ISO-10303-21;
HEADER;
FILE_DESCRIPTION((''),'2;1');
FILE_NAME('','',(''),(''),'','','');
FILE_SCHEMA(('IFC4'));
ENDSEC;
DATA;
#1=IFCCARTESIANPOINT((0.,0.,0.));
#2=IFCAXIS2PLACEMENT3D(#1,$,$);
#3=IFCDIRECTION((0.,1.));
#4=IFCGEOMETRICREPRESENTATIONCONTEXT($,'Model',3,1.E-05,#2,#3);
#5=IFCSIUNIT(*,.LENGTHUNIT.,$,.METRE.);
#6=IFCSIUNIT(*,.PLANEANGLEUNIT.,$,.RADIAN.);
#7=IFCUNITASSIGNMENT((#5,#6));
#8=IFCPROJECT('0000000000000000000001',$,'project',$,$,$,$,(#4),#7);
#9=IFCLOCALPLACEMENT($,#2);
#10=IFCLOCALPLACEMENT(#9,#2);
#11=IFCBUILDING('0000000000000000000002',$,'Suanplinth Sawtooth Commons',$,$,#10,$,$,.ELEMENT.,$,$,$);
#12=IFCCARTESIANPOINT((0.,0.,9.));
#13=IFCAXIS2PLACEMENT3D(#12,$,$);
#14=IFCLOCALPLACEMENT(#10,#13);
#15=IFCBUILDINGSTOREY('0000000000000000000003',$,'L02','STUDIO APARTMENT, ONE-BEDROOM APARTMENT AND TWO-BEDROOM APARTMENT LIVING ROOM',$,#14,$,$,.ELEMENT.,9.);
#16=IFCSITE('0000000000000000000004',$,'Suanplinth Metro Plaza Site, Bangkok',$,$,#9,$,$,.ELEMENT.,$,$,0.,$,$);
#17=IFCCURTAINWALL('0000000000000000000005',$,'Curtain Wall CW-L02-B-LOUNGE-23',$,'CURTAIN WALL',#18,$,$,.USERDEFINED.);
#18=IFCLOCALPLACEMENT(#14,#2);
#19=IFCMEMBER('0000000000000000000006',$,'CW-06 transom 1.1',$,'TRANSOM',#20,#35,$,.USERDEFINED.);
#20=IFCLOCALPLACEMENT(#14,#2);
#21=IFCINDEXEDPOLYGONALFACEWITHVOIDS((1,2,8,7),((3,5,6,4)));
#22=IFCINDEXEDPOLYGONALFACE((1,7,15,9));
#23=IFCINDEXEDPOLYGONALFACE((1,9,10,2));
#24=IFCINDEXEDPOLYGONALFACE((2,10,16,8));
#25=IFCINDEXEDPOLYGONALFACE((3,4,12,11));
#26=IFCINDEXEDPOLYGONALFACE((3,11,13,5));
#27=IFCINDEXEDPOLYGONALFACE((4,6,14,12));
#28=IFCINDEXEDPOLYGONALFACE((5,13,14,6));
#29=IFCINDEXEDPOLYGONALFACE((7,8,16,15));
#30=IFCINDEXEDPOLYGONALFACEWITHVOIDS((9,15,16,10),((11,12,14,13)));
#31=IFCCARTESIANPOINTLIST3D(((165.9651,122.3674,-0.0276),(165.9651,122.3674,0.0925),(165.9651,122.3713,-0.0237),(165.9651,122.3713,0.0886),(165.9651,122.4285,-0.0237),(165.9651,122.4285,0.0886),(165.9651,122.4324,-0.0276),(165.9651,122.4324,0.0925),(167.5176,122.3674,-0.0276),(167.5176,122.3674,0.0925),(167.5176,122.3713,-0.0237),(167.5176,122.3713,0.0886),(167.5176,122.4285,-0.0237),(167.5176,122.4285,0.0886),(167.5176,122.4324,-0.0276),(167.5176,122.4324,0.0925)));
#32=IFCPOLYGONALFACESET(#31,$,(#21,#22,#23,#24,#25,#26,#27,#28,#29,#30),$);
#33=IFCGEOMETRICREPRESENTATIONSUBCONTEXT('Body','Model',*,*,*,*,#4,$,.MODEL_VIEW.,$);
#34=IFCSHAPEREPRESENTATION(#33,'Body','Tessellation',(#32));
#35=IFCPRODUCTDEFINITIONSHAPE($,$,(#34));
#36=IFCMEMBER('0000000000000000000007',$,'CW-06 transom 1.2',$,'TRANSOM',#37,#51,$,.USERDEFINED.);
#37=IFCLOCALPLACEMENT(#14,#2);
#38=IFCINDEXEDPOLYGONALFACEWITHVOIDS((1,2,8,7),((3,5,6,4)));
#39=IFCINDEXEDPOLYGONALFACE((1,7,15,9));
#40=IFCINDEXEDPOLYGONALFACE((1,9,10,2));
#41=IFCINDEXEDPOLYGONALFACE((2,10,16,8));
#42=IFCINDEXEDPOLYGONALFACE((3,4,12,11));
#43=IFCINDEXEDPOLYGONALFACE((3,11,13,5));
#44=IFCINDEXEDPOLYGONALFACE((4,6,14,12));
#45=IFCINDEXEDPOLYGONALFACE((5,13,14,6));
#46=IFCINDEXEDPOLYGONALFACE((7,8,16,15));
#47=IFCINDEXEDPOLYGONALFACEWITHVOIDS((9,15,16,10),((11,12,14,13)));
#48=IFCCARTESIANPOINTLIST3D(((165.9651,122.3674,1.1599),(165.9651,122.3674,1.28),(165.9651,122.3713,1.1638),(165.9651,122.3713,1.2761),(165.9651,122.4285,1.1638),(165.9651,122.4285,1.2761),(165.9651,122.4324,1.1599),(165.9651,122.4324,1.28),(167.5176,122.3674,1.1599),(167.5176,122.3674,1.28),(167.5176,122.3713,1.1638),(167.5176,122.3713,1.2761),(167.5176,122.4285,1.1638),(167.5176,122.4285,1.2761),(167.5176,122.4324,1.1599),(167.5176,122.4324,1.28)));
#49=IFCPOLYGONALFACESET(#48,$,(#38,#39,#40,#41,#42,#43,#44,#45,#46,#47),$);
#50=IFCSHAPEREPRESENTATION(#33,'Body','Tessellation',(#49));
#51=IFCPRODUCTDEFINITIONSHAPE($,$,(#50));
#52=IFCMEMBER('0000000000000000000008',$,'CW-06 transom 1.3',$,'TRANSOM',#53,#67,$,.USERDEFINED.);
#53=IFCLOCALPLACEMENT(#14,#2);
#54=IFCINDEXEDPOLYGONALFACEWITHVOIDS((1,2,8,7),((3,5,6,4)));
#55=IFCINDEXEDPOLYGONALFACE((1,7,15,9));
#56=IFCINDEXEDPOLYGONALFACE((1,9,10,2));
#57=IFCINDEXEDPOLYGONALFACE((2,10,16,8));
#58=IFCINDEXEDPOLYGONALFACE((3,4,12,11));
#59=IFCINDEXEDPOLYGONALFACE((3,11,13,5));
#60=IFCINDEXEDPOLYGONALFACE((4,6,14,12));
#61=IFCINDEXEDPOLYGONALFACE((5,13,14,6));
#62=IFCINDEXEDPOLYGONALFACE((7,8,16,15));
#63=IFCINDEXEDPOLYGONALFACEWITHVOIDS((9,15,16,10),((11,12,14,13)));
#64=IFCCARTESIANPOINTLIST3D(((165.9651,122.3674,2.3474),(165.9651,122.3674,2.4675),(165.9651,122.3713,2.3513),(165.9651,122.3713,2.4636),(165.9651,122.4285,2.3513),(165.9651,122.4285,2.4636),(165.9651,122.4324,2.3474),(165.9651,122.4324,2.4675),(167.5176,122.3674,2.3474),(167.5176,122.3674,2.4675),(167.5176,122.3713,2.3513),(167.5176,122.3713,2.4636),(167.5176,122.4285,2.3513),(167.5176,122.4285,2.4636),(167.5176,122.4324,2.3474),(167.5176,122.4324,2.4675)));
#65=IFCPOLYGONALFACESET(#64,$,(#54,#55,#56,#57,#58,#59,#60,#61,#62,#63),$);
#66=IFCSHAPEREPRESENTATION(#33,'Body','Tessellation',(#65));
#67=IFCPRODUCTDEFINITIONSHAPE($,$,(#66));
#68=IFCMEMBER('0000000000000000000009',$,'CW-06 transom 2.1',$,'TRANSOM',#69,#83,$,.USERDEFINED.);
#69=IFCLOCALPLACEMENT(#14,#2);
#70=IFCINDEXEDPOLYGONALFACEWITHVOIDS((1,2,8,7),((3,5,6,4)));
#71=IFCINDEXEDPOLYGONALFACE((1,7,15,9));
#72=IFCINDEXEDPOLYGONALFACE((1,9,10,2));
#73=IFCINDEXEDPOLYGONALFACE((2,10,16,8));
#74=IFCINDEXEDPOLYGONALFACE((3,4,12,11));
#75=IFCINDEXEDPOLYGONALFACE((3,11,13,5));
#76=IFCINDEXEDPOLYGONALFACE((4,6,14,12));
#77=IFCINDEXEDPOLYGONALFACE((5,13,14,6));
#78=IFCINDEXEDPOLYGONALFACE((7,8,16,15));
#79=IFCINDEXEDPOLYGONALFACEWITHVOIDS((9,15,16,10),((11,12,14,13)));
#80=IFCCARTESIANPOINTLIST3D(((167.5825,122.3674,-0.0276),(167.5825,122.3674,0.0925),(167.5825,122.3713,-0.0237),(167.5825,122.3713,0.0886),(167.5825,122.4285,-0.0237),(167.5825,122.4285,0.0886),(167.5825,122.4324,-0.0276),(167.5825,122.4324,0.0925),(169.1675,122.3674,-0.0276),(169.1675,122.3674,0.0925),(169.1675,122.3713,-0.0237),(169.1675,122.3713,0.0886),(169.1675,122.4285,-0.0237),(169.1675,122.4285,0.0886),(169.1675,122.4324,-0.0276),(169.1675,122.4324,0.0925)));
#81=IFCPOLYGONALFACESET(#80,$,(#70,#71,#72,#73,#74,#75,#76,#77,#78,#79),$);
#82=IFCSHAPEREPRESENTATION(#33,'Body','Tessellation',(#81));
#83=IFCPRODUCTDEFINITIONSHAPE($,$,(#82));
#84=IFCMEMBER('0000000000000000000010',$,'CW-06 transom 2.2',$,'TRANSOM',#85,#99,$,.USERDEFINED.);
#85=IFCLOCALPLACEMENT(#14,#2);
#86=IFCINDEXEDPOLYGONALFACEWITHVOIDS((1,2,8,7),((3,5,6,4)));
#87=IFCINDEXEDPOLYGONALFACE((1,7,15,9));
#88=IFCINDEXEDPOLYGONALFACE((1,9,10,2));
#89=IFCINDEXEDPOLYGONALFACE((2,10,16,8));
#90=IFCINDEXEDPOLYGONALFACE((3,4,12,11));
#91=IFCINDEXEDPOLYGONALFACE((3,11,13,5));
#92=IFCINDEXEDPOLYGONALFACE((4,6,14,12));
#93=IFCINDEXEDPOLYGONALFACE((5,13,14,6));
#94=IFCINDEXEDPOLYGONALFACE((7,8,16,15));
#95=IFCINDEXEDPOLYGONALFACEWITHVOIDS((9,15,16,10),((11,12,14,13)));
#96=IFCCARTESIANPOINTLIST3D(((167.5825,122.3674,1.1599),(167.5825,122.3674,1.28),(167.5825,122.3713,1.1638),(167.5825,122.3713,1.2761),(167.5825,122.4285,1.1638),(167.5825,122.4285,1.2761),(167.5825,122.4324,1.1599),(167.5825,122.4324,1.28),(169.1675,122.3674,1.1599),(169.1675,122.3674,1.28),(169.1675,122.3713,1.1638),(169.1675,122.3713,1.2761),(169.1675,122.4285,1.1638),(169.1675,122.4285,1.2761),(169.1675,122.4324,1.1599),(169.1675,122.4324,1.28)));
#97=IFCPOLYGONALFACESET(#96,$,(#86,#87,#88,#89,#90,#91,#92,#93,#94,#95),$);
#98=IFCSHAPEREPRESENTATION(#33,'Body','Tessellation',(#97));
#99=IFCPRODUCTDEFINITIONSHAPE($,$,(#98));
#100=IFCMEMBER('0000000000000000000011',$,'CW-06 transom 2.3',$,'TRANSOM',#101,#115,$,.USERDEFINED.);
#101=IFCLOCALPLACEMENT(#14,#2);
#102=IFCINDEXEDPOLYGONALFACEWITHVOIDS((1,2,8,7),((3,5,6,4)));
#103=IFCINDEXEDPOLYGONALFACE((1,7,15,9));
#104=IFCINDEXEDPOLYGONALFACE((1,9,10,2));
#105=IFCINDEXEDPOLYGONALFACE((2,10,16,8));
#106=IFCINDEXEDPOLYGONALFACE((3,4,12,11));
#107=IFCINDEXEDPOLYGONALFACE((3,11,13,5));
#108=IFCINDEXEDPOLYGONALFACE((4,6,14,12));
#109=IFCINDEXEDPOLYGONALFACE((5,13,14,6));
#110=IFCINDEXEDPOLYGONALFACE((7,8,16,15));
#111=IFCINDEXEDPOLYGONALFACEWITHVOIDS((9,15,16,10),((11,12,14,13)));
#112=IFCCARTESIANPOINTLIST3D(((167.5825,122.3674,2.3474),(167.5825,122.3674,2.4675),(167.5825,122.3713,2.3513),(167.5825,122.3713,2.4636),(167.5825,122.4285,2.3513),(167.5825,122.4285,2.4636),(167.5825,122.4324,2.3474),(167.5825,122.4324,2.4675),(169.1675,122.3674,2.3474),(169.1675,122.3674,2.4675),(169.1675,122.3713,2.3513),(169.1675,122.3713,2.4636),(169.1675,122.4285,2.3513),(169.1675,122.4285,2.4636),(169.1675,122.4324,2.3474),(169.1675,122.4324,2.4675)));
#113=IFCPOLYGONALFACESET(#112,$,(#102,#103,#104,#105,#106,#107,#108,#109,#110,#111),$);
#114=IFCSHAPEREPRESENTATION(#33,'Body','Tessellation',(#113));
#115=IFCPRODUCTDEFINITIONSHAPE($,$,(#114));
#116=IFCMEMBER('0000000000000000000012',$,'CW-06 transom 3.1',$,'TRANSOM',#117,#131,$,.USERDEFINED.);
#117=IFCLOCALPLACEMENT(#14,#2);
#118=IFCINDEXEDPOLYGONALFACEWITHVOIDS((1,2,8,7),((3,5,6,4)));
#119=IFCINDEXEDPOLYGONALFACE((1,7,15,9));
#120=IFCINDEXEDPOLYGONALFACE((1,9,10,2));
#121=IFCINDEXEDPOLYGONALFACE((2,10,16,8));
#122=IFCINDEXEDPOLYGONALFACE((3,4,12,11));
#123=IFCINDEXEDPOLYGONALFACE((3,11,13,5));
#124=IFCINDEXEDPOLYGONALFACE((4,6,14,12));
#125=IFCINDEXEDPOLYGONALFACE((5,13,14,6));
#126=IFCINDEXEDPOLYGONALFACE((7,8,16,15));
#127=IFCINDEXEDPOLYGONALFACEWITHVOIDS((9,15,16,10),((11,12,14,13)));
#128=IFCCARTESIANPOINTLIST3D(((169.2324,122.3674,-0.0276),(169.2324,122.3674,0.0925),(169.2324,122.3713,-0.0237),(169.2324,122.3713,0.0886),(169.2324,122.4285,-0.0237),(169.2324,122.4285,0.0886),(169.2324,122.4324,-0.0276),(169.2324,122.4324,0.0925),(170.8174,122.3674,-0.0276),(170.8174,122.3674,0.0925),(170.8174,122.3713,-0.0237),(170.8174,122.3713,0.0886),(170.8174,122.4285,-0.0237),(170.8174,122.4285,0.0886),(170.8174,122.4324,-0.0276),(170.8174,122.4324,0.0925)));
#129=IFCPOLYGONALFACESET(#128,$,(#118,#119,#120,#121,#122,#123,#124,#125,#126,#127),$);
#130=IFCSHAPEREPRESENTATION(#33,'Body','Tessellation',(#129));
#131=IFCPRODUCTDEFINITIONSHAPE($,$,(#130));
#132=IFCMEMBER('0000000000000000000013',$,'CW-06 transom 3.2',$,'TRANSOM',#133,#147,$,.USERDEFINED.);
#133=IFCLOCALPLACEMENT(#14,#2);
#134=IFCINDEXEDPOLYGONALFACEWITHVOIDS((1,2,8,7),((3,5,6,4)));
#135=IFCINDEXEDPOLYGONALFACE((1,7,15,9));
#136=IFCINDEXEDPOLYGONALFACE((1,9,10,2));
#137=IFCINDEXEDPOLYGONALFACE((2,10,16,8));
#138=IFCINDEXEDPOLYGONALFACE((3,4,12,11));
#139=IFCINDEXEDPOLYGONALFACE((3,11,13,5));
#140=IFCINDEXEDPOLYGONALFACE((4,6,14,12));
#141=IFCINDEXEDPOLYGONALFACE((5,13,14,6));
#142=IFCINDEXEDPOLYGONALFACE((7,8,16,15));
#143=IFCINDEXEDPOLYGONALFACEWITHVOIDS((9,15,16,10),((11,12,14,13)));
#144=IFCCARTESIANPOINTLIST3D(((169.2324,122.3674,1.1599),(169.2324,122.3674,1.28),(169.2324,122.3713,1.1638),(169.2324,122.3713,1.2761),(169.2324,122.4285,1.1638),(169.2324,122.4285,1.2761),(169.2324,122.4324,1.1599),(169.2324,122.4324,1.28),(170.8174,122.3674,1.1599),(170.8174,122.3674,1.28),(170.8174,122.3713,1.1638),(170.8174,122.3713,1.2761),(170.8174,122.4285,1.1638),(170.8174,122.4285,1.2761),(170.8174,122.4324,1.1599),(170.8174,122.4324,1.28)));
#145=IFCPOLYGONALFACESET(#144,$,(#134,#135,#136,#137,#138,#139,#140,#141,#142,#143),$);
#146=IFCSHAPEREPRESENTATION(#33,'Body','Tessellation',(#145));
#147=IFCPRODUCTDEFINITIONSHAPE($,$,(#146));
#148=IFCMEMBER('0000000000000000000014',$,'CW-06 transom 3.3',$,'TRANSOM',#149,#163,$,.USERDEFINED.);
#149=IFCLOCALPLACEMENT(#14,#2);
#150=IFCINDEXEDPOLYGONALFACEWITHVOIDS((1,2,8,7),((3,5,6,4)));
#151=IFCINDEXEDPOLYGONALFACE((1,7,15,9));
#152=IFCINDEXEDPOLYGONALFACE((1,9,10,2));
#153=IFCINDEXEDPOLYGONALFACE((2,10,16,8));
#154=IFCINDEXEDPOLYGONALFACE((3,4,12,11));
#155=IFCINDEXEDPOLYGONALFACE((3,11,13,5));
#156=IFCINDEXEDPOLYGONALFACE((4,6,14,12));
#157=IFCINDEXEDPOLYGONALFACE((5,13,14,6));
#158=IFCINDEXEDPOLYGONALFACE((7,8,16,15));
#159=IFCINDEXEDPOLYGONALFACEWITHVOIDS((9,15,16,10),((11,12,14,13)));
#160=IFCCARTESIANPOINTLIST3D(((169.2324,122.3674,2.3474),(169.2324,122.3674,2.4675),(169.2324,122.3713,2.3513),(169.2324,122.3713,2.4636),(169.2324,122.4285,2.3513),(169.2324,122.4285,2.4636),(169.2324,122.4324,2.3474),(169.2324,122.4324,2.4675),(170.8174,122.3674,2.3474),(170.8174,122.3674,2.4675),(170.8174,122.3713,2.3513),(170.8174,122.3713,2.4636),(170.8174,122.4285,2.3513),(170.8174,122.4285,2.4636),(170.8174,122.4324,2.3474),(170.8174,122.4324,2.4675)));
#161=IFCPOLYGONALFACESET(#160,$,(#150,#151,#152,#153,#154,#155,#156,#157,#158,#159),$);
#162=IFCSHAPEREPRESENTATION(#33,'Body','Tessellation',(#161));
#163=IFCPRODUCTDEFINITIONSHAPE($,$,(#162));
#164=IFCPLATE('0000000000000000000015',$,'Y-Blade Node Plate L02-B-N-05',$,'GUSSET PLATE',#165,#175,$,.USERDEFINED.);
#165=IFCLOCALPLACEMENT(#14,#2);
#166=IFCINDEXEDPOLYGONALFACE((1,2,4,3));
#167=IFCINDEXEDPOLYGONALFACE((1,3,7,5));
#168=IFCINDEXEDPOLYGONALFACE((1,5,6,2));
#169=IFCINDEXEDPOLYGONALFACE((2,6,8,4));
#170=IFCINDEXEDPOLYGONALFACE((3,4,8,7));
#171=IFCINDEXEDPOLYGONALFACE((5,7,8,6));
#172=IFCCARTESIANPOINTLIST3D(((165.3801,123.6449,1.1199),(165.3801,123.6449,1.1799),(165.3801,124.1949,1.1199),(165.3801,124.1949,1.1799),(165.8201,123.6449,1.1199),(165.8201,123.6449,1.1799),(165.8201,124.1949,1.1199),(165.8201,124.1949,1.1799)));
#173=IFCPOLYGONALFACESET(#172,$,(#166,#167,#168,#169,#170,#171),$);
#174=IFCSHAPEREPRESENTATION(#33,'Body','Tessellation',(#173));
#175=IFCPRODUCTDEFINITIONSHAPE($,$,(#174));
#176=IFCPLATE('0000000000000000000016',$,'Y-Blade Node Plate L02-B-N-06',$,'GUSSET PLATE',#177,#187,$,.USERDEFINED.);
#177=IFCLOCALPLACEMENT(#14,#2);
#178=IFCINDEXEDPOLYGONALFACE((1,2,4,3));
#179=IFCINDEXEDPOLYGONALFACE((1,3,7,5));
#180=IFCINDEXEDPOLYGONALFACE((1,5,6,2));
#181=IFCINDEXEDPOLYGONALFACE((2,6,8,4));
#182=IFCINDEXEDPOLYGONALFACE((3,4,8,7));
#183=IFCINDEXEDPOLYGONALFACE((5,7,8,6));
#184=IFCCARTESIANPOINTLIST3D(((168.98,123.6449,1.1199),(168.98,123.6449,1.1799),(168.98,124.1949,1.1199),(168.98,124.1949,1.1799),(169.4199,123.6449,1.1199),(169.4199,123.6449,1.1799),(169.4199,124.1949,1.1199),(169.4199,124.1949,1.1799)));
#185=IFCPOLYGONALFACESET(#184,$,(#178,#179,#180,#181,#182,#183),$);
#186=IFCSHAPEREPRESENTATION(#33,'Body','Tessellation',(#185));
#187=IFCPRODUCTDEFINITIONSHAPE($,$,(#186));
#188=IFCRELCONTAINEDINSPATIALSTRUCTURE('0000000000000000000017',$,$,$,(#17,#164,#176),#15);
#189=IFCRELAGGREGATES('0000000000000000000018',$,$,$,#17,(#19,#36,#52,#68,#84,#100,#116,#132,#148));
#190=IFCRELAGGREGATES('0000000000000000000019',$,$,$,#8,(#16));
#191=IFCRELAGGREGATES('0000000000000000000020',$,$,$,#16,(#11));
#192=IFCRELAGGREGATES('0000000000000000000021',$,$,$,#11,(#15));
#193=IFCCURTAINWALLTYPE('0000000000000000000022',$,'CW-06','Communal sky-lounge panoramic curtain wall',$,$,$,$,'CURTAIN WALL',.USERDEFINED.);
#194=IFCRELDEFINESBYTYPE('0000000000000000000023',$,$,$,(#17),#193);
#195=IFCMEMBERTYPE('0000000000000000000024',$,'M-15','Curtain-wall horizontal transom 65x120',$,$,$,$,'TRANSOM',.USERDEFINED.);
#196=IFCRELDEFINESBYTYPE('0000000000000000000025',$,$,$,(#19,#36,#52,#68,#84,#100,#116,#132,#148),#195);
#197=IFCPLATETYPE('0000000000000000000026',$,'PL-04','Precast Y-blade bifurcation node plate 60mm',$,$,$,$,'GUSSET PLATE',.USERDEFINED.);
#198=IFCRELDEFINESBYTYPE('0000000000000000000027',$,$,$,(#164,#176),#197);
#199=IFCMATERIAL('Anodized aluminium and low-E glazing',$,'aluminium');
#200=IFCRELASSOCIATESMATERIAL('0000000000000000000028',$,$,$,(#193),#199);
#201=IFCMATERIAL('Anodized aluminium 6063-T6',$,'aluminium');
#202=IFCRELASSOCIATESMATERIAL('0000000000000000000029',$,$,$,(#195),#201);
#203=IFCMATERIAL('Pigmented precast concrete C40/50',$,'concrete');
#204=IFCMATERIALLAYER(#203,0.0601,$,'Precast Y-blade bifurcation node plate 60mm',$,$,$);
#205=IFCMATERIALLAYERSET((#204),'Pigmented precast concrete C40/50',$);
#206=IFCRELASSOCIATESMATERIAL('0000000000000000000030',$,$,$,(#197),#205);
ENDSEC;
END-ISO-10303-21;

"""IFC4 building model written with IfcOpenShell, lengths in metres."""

from ifc_helpers import new_model, si_unit, direction, frame, origin, origin_2d, place, context, subcontext, project, spatial, rectangle, hollow_rectangle, extrude, material, layer, layer_set, material_profile, profile_set, type_object, element, aggregate, save


model = new_model("IFC4")

# Units and contexts
model_context = context("Model", 3, precision=1e-05, world=origin(), true_north=direction((0.0, 1.0)))
body_context = subcontext(model_context, "Body", "Model", "MODEL_VIEW")
ifc_project = project(units=[si_unit("LENGTHUNIT", "METRE"), si_unit("PLANEANGLEUNIT", "RADIAN")], contexts=[model_context])

# Site, building, storey
site_placement = place(None, origin())
site = spatial("IfcSite", under=ifc_project, at=site_placement, Name="Suanplinth Metro Plaza Site, Bangkok", CompositionType="ELEMENT", RefElevation=0.0)
building_placement = place(site_placement, origin())
building = spatial("IfcBuilding", under=site, at=building_placement, Name="Suanplinth Sawtooth Commons", CompositionType="ELEMENT")
storey_placement = place(building_placement, frame((0.0, 0.0, 9.0)))
storey = spatial("IfcBuildingStorey", under=building, at=storey_placement, Name="L02", Description="STUDIO APARTMENT, ONE-BEDROOM APARTMENT AND TWO-BEDROOM APARTMENT LIVING ROOM", CompositionType="ELEMENT", Elevation=9.0)

# Shared definitions
ifc_material_1 = material(Name="Pigmented precast concrete C40/50", Category="concrete")

# Curtain wall, members
ifc_material_2 = material(Name="Anodized aluminium and low-E glazing", Category="aluminium")
curtain_wall_type = type_object("IfcCurtainWallType", Name="CW-06", Description="Communal sky-lounge panoramic curtain wall", ElementType="CURTAIN WALL", PredefinedType="USERDEFINED", material=ifc_material_2)
curtain_wall_placement = place(storey_placement, origin())
curtain_wall = element("IfcCurtainWall", 1, at=curtain_wall_placement, inside=storey, type_object=curtain_wall_type, Name="Curtain Wall CW-L02-B-LOUNGE-23", ObjectType="CURTAIN WALL", PredefinedType="USERDEFINED")
ifc_material_3 = material(Name="Anodized aluminium 6063-T6", Category="aluminium")
ifc_material_profile_1 = material_profile(ifc_material_3, hollow_rectangle(XDim=0.0649, YDim=0.1201, WallThickness=0.0039, at=origin_2d()), Name="ALU-TRN 65x120")
ifc_profile_set_1 = profile_set([ifc_material_profile_1], Name="Anodized aluminium 6063-T6")
member_type_1 = type_object("IfcMemberType", Name="M-15", Description="Curtain-wall horizontal transom 65x120", ElementType="TRANSOM", PredefinedType="USERDEFINED", material=ifc_profile_set_1)
member_1_placement = place(storey_placement, frame((165.9651, 122.3999, 0.0325), z_axis=(1.0, 0.0, 0.0), x_axis=(0.0, 1.0, 0.0)))
member_1 = element("IfcMember", 2, at=member_1_placement, type_object=member_type_1, Name="CW-06 transom 1.1", ObjectType="TRANSOM", PredefinedType="USERDEFINED", context=body_context, shape_type="SweptSolid", body=[
    extrude(hollow_rectangle(XDim=0.0649, YDim=0.1201, WallThickness=0.0039, at=origin_2d()), origin(), (0.0, 0.0, 1.0), 1.5525),
])
member_2_placement = place(storey_placement, frame((165.9651, 122.3999, 1.22), z_axis=(1.0, 0.0, 0.0), x_axis=(0.0, 1.0, 0.0)))
member_2 = element("IfcMember", 3, at=member_2_placement, type_object=member_type_1, Name="CW-06 transom 1.2", ObjectType="TRANSOM", PredefinedType="USERDEFINED", context=body_context, shape_type="SweptSolid", body=[
    extrude(hollow_rectangle(XDim=0.0649, YDim=0.1201, WallThickness=0.0039, at=origin_2d()), origin(), (0.0, 0.0, 1.0), 1.5525),
])
member_3_placement = place(storey_placement, frame((165.9651, 122.3999, 2.4075), z_axis=(1.0, 0.0, 0.0), x_axis=(0.0, 1.0, 0.0)))
member_3 = element("IfcMember", 4, at=member_3_placement, type_object=member_type_1, Name="CW-06 transom 1.3", ObjectType="TRANSOM", PredefinedType="USERDEFINED", context=body_context, shape_type="SweptSolid", body=[
    extrude(hollow_rectangle(XDim=0.0649, YDim=0.1201, WallThickness=0.0039, at=origin_2d()), origin(), (0.0, 0.0, 1.0), 1.5525),
])
member_4_placement = place(storey_placement, frame((167.5825, 122.3999, 0.0325), z_axis=(1.0, 0.0, 0.0), x_axis=(0.0, 1.0, 0.0)))
member_4 = element("IfcMember", 5, at=member_4_placement, type_object=member_type_1, Name="CW-06 transom 2.1", ObjectType="TRANSOM", PredefinedType="USERDEFINED", context=body_context, shape_type="SweptSolid", body=[
    extrude(hollow_rectangle(XDim=0.0649, YDim=0.1201, WallThickness=0.0039, at=origin_2d()), origin(), (0.0, 0.0, 1.0), 1.585),
])
member_5_placement = place(storey_placement, frame((167.5825, 122.3999, 1.22), z_axis=(1.0, 0.0, 0.0), x_axis=(0.0, 1.0, 0.0)))
member_5 = element("IfcMember", 6, at=member_5_placement, type_object=member_type_1, Name="CW-06 transom 2.2", ObjectType="TRANSOM", PredefinedType="USERDEFINED", context=body_context, shape_type="SweptSolid", body=[
    extrude(hollow_rectangle(XDim=0.0649, YDim=0.1201, WallThickness=0.0039, at=origin_2d()), origin(), (0.0, 0.0, 1.0), 1.585),
])
member_6_placement = place(storey_placement, frame((167.5825, 122.3999, 2.4075), z_axis=(1.0, 0.0, 0.0), x_axis=(0.0, 1.0, 0.0)))
member_6 = element("IfcMember", 7, at=member_6_placement, type_object=member_type_1, Name="CW-06 transom 2.3", ObjectType="TRANSOM", PredefinedType="USERDEFINED", context=body_context, shape_type="SweptSolid", body=[
    extrude(hollow_rectangle(XDim=0.0649, YDim=0.1201, WallThickness=0.0039, at=origin_2d()), origin(), (0.0, 0.0, 1.0), 1.585),
])
member_7_placement = place(storey_placement, frame((169.2324, 122.3999, 0.0325), z_axis=(1.0, 0.0, 0.0), x_axis=(0.0, 1.0, 0.0)))
member_7 = element("IfcMember", 8, at=member_7_placement, type_object=member_type_1, Name="CW-06 transom 3.1", ObjectType="TRANSOM", PredefinedType="USERDEFINED", context=body_context, shape_type="SweptSolid", body=[
    extrude(hollow_rectangle(XDim=0.0649, YDim=0.1201, WallThickness=0.0039, at=origin_2d()), origin(), (0.0, 0.0, 1.0), 1.585),
])
member_8_placement = place(storey_placement, frame((169.2324, 122.3999, 1.22), z_axis=(1.0, 0.0, 0.0), x_axis=(0.0, 1.0, 0.0)))
member_8 = element("IfcMember", 9, at=member_8_placement, type_object=member_type_1, Name="CW-06 transom 3.2", ObjectType="TRANSOM", PredefinedType="USERDEFINED", context=body_context, shape_type="SweptSolid", body=[
    extrude(hollow_rectangle(XDim=0.0649, YDim=0.1201, WallThickness=0.0039, at=origin_2d()), origin(), (0.0, 0.0, 1.0), 1.585),
])
member_9_placement = place(storey_placement, frame((169.2324, 122.3999, 2.4075), z_axis=(1.0, 0.0, 0.0), x_axis=(0.0, 1.0, 0.0)))
member_9 = element("IfcMember", 10, at=member_9_placement, type_object=member_type_1, Name="CW-06 transom 3.3", ObjectType="TRANSOM", PredefinedType="USERDEFINED", context=body_context, shape_type="SweptSolid", body=[
    extrude(hollow_rectangle(XDim=0.0649, YDim=0.1201, WallThickness=0.0039, at=origin_2d()), origin(), (0.0, 0.0, 1.0), 1.585),
])

# Plates
ifc_layer_1 = layer(ifc_material_1, 0.0601, Name="Precast Y-blade bifurcation node plate 60mm")
ifc_layer_set_1 = layer_set([ifc_layer_1], Name="Pigmented precast concrete C40/50")
plate_type_1 = type_object("IfcPlateType", Name="PL-04", Description="Precast Y-blade bifurcation node plate 60mm", ElementType="GUSSET PLATE", PredefinedType="USERDEFINED", material=ifc_layer_set_1)
for number, where, z_axis, x_axis, name in (
    (11, (165.6001, 123.9199, 1.1199), (0.0, 0.0, 1.0), (1.0, 0.0, 0.0), "Y-Blade Node Plate L02-B-N-05"),
    (12, (169.2, 123.9199, 1.1199), (0.0, 0.0, 1.0), (1.0, 0.0, 0.0), "Y-Blade Node Plate L02-B-N-06"),
):
    element("IfcPlate", number, at=place(storey_placement, frame(where, z_axis=z_axis, x_axis=x_axis)), inside=storey, type_object=plate_type_1, Name=name, ObjectType="GUSSET PLATE", PredefinedType="USERDEFINED", context=body_context, shape_type="SweptSolid", body=[
        extrude(rectangle(XDim=0.4399, YDim=0.55, at=origin_2d()), origin(), (0.0, 0.0, 1.0), 0.0601),
    ])

aggregate(curtain_wall, [member_1, member_2, member_3, member_4, member_5, member_6, member_7, member_8, member_9])

save(model, "model.ifc")
